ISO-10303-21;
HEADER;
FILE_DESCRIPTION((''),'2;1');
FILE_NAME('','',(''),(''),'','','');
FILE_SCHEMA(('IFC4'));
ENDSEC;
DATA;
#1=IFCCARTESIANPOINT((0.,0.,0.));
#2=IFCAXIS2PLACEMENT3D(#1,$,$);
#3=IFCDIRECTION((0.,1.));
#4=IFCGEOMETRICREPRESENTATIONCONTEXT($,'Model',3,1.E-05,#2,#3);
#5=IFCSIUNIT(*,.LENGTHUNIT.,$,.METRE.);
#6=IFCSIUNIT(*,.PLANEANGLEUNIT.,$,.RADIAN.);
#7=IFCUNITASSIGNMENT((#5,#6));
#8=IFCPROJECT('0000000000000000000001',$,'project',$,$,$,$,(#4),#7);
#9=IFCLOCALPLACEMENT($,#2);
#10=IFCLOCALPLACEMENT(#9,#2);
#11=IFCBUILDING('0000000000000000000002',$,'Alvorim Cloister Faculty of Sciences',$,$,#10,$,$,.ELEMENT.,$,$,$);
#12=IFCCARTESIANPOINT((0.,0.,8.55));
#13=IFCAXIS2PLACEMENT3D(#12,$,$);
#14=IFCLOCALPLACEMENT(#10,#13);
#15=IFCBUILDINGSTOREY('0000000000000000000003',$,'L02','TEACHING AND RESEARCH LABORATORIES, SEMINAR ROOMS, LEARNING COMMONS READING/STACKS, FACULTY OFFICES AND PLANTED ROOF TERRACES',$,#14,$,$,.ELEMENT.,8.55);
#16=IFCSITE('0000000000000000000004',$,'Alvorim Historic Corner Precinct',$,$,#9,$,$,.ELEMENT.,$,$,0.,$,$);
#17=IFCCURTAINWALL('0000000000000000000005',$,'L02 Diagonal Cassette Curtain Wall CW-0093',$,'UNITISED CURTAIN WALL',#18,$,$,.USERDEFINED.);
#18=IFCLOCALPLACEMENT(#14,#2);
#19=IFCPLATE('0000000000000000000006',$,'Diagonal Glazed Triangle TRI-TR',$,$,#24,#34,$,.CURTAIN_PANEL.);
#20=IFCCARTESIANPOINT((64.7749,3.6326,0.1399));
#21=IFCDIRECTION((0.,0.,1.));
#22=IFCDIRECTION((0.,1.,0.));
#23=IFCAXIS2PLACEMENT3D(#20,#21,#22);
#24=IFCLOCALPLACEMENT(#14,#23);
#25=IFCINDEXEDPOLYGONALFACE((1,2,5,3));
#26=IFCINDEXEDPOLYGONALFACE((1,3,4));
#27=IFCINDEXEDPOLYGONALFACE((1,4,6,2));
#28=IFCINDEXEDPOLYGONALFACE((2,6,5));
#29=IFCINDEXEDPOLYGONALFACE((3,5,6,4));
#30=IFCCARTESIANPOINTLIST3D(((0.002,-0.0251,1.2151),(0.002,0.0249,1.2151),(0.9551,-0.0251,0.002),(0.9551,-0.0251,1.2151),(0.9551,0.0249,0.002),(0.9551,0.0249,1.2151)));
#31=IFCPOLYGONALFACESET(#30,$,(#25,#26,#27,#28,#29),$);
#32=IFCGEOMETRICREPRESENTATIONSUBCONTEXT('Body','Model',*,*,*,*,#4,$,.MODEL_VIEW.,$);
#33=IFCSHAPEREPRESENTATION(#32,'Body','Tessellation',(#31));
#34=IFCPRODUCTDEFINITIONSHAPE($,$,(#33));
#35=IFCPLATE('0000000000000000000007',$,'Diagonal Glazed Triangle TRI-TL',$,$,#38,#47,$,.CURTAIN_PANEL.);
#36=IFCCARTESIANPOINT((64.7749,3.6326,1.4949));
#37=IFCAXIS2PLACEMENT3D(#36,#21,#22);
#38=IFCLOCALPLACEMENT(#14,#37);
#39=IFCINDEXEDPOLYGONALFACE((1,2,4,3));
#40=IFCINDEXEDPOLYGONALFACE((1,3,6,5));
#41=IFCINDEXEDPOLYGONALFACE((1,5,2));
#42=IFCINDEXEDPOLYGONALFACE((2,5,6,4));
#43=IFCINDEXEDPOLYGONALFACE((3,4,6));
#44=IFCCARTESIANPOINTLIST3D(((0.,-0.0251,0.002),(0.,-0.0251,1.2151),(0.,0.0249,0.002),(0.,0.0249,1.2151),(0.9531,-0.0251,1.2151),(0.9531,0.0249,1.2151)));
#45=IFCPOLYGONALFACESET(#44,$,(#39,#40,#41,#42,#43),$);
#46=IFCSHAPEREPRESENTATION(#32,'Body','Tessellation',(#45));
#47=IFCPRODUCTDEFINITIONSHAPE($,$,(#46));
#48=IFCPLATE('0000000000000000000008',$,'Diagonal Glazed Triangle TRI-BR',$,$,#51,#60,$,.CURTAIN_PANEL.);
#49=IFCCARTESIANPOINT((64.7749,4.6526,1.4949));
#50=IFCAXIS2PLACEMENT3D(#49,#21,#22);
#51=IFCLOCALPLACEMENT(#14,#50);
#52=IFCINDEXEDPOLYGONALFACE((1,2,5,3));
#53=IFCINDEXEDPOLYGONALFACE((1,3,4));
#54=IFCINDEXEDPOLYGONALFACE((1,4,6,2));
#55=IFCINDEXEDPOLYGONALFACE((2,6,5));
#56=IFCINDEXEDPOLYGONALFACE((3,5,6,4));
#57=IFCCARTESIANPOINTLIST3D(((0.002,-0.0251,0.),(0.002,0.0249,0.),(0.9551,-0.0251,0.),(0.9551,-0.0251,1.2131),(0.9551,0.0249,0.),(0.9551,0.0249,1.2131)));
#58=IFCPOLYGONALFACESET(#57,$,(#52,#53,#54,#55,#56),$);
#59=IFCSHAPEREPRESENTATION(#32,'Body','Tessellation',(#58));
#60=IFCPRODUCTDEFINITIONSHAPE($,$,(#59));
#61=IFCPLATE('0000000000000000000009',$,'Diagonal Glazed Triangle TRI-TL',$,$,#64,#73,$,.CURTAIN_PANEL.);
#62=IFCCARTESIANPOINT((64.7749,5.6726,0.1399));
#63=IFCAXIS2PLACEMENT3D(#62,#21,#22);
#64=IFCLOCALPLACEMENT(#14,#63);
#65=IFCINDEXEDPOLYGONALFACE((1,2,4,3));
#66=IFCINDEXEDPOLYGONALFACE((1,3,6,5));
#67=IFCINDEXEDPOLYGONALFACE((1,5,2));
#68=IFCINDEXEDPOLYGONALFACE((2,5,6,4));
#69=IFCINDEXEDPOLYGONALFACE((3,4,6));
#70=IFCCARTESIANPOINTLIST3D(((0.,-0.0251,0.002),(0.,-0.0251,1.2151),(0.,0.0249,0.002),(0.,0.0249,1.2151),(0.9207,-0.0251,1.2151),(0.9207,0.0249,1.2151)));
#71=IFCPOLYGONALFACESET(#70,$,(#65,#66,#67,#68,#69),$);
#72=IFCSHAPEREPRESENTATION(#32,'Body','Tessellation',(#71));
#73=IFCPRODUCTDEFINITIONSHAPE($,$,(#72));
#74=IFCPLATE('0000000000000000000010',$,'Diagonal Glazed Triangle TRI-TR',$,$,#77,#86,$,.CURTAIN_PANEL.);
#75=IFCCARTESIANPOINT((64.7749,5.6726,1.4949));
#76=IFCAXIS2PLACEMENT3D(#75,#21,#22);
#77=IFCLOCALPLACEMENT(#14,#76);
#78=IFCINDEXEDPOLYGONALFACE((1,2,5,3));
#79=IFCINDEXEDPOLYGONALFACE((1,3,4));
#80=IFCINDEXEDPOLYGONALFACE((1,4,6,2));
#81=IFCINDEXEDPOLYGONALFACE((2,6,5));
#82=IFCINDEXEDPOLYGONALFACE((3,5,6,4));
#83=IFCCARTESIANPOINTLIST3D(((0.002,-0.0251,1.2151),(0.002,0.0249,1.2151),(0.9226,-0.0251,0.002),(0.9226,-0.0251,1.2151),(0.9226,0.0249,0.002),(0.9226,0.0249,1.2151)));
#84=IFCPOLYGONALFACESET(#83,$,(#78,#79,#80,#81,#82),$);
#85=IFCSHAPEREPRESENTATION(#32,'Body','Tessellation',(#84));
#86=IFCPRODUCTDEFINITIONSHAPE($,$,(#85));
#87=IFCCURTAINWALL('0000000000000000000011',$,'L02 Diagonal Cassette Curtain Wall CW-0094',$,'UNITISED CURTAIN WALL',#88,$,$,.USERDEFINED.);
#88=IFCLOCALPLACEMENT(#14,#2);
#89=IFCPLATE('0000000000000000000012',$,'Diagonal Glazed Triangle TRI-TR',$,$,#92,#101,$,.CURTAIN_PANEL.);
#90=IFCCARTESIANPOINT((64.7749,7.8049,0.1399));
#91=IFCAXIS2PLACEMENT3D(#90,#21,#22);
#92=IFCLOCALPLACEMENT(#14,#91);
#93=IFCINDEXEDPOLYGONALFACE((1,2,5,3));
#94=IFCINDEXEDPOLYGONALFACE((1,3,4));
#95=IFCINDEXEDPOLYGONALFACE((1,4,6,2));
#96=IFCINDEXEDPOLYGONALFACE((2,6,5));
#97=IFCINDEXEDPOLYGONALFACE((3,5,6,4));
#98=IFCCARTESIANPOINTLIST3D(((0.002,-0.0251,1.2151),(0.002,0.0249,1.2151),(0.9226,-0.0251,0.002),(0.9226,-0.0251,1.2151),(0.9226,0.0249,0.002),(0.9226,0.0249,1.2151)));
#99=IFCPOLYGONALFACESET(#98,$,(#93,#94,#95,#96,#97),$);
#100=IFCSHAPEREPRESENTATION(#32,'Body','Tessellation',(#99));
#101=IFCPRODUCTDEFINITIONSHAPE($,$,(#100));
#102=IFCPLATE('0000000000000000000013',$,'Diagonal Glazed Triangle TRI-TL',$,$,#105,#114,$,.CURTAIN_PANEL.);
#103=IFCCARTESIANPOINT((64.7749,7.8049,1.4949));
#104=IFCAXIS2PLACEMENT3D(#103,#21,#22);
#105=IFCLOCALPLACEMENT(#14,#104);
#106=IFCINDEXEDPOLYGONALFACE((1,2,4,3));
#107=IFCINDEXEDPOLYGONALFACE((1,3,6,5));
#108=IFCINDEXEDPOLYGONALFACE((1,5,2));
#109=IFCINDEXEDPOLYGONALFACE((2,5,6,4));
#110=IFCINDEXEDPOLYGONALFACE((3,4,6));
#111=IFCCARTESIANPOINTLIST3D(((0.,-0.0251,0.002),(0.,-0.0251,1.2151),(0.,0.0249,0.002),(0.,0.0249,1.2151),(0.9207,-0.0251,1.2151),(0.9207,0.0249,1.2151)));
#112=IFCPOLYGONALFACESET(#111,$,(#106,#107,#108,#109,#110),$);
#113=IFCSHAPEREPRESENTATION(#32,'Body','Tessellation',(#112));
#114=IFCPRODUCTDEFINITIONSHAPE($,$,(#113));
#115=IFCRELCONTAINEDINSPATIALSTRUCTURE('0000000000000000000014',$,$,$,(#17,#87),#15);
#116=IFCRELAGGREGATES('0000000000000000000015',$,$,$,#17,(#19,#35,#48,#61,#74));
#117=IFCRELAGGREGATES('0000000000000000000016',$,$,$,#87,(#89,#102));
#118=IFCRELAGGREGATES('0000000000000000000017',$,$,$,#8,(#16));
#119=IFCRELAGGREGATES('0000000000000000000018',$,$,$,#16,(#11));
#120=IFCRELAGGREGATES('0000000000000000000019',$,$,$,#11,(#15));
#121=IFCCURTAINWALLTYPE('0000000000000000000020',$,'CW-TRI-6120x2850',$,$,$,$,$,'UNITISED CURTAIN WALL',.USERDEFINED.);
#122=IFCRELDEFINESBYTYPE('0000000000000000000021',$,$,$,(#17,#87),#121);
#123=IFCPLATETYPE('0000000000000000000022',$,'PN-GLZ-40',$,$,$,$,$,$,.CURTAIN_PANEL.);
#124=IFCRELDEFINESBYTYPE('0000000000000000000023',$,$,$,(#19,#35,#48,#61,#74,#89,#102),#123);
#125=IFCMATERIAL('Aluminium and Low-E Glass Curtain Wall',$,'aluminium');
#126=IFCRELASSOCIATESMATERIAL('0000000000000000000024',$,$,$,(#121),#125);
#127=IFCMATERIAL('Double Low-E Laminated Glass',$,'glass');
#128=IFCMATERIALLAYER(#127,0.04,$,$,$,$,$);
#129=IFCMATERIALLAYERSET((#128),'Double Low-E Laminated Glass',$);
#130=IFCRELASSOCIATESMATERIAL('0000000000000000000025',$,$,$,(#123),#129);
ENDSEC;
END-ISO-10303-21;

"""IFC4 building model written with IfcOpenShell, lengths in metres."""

from ifc_helpers import new_model, si_unit, direction, frame, origin, place, context, subcontext, project, spatial, polyline, outline, extrude, material, layer, layer_set, type_object, element, aggregate, save


model = new_model("IFC4")

# Units and contexts
model_context = context("Model", 3, precision=1e-05, world=origin(), true_north=direction((0.0, 1.0)))
body_context = subcontext(model_context, "Body", "Model", "MODEL_VIEW")
ifc_project = project(units=[si_unit("LENGTHUNIT", "METRE"), si_unit("PLANEANGLEUNIT", "RADIAN")], contexts=[model_context])

# Site, building, storey
site_placement = place(None, origin())
site = spatial("IfcSite", under=ifc_project, at=site_placement, Name="Alvorim Historic Corner Precinct", CompositionType="ELEMENT", RefElevation=0.0)
building_placement = place(site_placement, origin())
building = spatial("IfcBuilding", under=site, at=building_placement, Name="Alvorim Cloister Faculty of Sciences", CompositionType="ELEMENT")
storey_placement = place(building_placement, frame((0.0, 0.0, 8.55)))
storey = spatial("IfcBuildingStorey", under=building, at=storey_placement, Name="L02", Description="TEACHING AND RESEARCH LABORATORIES, SEMINAR ROOMS, LEARNING COMMONS READING/STACKS, FACULTY OFFICES AND PLANTED ROOF TERRACES", CompositionType="ELEMENT", Elevation=8.55)

# Curtain wall, plates
ifc_material_1 = material(Name="Aluminium and Low-E Glass Curtain Wall", Category="aluminium")
curtain_wall_type = type_object("IfcCurtainWallType", Name="CW-TRI-6120x2850", ElementType="UNITISED CURTAIN WALL", PredefinedType="USERDEFINED", material=ifc_material_1)
curtain_wall_1_placement = place(storey_placement, origin())
curtain_wall_1 = element("IfcCurtainWall", 1, at=curtain_wall_1_placement, inside=storey, type_object=curtain_wall_type, Name="L02 Diagonal Cassette Curtain Wall CW-0093", ObjectType="UNITISED CURTAIN WALL", PredefinedType="USERDEFINED")
ifc_material_2 = material(Name="Double Low-E Laminated Glass", Category="glass")
ifc_layer_1 = layer(ifc_material_2, 0.04)
ifc_layer_set_1 = layer_set([ifc_layer_1], Name="Double Low-E Laminated Glass")
plate_type = type_object("IfcPlateType", Name="PN-GLZ-40", PredefinedType="CURTAIN_PANEL", material=ifc_layer_set_1)
plate_1_placement = place(storey_placement, frame((64.7749, 3.6326, 0.1399), z_axis=(0.0, 0.0, 1.0), x_axis=(0.0, 1.0, 0.0)))
plate_1 = element("IfcPlate", 2, at=plate_1_placement, type_object=plate_type, Name="Diagonal Glazed Triangle TRI-TR", PredefinedType="CURTAIN_PANEL", context=body_context, shape_type="SweptSolid", body=[
    extrude(outline(polyline([(0.9551, 0.002), (0.9551, 1.2151), (0.002, 1.2151), (0.9551, 0.002)])), frame((0.0, 0.0249, 0.0), z_axis=(0.0, -1.0, 0.0), x_axis=(1.0, 0.0, 0.0)), (0.0, 0.0, 1.0), 0.05),
])
plate_2_placement = place(storey_placement, frame((64.7749, 3.6326, 1.4949), z_axis=(0.0, 0.0, 1.0), x_axis=(0.0, 1.0, 0.0)))
plate_2 = element("IfcPlate", 3, at=plate_2_placement, type_object=plate_type, Name="Diagonal Glazed Triangle TRI-TL", PredefinedType="CURTAIN_PANEL", context=body_context, shape_type="SweptSolid", body=[
    extrude(outline(polyline([(0.9531, 1.2151), (0.0, 1.2151), (0.0, 0.002), (0.9531, 1.2151)])), frame((0.0, 0.0249, 0.0), z_axis=(0.0, -1.0, 0.0), x_axis=(1.0, 0.0, 0.0)), (0.0, 0.0, 1.0), 0.05),
])
plate_3_placement = place(storey_placement, frame((64.7749, 4.6526, 1.4949), z_axis=(0.0, 0.0, 1.0), x_axis=(0.0, 1.0, 0.0)))
plate_3 = element("IfcPlate", 4, at=plate_3_placement, type_object=plate_type, Name="Diagonal Glazed Triangle TRI-BR", PredefinedType="CURTAIN_PANEL", context=body_context, shape_type="SweptSolid", body=[
    extrude(outline(polyline([(0.002, 0.0), (0.9551, 0.0), (0.9551, 1.2131), (0.002, 0.0)])), frame((0.0, 0.0249, 0.0), z_axis=(0.0, -1.0, 0.0), x_axis=(1.0, 0.0, 0.0)), (0.0, 0.0, 1.0), 0.05),
])
plate_4_placement = place(storey_placement, frame((64.7749, 5.6726, 0.1399), z_axis=(0.0, 0.0, 1.0), x_axis=(0.0, 1.0, 0.0)))
plate_4 = element("IfcPlate", 5, at=plate_4_placement, type_object=plate_type, Name="Diagonal Glazed Triangle TRI-TL", PredefinedType="CURTAIN_PANEL", context=body_context, shape_type="SweptSolid", body=[
    extrude(outline(polyline([(0.9207, 1.2151), (0.0, 1.2151), (0.0, 0.002), (0.9207, 1.2151)])), frame((0.0, 0.0249, 0.0), z_axis=(0.0, -1.0, 0.0), x_axis=(1.0, 0.0, 0.0)), (0.0, 0.0, 1.0), 0.05),
])
plate_5_placement = place(storey_placement, frame((64.7749, 5.6726, 1.4949), z_axis=(0.0, 0.0, 1.0), x_axis=(0.0, 1.0, 0.0)))
plate_5 = element("IfcPlate", 6, at=plate_5_placement, type_object=plate_type, Name="Diagonal Glazed Triangle TRI-TR", PredefinedType="CURTAIN_PANEL", context=body_context, shape_type="SweptSolid", body=[
    extrude(outline(polyline([(0.9226, 0.002), (0.9226, 1.2151), (0.002, 1.2151), (0.9226, 0.002)])), frame((0.0, 0.0249, 0.0), z_axis=(0.0, -1.0, 0.0), x_axis=(1.0, 0.0, 0.0)), (0.0, 0.0, 1.0), 0.05),
])
aggregate(curtain_wall_1, [plate_1, plate_2, plate_3, plate_4, plate_5])

# Curtain wall, plates
curtain_wall_2_placement = place(storey_placement, origin())
curtain_wall_2 = element("IfcCurtainWall", 7, at=curtain_wall_2_placement, inside=storey, type_object=curtain_wall_type, Name="L02 Diagonal Cassette Curtain Wall CW-0094", ObjectType="UNITISED CURTAIN WALL", PredefinedType="USERDEFINED")
plate_6_placement = place(storey_placement, frame((64.7749, 7.8049, 0.1399), z_axis=(0.0, 0.0, 1.0), x_axis=(0.0, 1.0, 0.0)))
plate_6 = element("IfcPlate", 8, at=plate_6_placement, type_object=plate_type, Name="Diagonal Glazed Triangle TRI-TR", PredefinedType="CURTAIN_PANEL", context=body_context, shape_type="SweptSolid", body=[
    extrude(outline(polyline([(0.9226, 0.002), (0.9226, 1.2151), (0.002, 1.2151), (0.9226, 0.002)])), frame((0.0, 0.0249, 0.0), z_axis=(0.0, -1.0, 0.0), x_axis=(1.0, 0.0, 0.0)), (0.0, 0.0, 1.0), 0.05),
])
plate_7_placement = place(storey_placement, frame((64.7749, 7.8049, 1.4949), z_axis=(0.0, 0.0, 1.0), x_axis=(0.0, 1.0, 0.0)))
plate_7 = element("IfcPlate", 9, at=plate_7_placement, type_object=plate_type, Name="Diagonal Glazed Triangle TRI-TL", PredefinedType="CURTAIN_PANEL", context=body_context, shape_type="SweptSolid", body=[
    extrude(outline(polyline([(0.9207, 1.2151), (0.0, 1.2151), (0.0, 0.002), (0.9207, 1.2151)])), frame((0.0, 0.0249, 0.0), z_axis=(0.0, -1.0, 0.0), x_axis=(1.0, 0.0, 0.0)), (0.0, 0.0, 1.0), 0.05),
])
aggregate(curtain_wall_2, [plate_6, plate_7])

save(model, "model.ifc")
